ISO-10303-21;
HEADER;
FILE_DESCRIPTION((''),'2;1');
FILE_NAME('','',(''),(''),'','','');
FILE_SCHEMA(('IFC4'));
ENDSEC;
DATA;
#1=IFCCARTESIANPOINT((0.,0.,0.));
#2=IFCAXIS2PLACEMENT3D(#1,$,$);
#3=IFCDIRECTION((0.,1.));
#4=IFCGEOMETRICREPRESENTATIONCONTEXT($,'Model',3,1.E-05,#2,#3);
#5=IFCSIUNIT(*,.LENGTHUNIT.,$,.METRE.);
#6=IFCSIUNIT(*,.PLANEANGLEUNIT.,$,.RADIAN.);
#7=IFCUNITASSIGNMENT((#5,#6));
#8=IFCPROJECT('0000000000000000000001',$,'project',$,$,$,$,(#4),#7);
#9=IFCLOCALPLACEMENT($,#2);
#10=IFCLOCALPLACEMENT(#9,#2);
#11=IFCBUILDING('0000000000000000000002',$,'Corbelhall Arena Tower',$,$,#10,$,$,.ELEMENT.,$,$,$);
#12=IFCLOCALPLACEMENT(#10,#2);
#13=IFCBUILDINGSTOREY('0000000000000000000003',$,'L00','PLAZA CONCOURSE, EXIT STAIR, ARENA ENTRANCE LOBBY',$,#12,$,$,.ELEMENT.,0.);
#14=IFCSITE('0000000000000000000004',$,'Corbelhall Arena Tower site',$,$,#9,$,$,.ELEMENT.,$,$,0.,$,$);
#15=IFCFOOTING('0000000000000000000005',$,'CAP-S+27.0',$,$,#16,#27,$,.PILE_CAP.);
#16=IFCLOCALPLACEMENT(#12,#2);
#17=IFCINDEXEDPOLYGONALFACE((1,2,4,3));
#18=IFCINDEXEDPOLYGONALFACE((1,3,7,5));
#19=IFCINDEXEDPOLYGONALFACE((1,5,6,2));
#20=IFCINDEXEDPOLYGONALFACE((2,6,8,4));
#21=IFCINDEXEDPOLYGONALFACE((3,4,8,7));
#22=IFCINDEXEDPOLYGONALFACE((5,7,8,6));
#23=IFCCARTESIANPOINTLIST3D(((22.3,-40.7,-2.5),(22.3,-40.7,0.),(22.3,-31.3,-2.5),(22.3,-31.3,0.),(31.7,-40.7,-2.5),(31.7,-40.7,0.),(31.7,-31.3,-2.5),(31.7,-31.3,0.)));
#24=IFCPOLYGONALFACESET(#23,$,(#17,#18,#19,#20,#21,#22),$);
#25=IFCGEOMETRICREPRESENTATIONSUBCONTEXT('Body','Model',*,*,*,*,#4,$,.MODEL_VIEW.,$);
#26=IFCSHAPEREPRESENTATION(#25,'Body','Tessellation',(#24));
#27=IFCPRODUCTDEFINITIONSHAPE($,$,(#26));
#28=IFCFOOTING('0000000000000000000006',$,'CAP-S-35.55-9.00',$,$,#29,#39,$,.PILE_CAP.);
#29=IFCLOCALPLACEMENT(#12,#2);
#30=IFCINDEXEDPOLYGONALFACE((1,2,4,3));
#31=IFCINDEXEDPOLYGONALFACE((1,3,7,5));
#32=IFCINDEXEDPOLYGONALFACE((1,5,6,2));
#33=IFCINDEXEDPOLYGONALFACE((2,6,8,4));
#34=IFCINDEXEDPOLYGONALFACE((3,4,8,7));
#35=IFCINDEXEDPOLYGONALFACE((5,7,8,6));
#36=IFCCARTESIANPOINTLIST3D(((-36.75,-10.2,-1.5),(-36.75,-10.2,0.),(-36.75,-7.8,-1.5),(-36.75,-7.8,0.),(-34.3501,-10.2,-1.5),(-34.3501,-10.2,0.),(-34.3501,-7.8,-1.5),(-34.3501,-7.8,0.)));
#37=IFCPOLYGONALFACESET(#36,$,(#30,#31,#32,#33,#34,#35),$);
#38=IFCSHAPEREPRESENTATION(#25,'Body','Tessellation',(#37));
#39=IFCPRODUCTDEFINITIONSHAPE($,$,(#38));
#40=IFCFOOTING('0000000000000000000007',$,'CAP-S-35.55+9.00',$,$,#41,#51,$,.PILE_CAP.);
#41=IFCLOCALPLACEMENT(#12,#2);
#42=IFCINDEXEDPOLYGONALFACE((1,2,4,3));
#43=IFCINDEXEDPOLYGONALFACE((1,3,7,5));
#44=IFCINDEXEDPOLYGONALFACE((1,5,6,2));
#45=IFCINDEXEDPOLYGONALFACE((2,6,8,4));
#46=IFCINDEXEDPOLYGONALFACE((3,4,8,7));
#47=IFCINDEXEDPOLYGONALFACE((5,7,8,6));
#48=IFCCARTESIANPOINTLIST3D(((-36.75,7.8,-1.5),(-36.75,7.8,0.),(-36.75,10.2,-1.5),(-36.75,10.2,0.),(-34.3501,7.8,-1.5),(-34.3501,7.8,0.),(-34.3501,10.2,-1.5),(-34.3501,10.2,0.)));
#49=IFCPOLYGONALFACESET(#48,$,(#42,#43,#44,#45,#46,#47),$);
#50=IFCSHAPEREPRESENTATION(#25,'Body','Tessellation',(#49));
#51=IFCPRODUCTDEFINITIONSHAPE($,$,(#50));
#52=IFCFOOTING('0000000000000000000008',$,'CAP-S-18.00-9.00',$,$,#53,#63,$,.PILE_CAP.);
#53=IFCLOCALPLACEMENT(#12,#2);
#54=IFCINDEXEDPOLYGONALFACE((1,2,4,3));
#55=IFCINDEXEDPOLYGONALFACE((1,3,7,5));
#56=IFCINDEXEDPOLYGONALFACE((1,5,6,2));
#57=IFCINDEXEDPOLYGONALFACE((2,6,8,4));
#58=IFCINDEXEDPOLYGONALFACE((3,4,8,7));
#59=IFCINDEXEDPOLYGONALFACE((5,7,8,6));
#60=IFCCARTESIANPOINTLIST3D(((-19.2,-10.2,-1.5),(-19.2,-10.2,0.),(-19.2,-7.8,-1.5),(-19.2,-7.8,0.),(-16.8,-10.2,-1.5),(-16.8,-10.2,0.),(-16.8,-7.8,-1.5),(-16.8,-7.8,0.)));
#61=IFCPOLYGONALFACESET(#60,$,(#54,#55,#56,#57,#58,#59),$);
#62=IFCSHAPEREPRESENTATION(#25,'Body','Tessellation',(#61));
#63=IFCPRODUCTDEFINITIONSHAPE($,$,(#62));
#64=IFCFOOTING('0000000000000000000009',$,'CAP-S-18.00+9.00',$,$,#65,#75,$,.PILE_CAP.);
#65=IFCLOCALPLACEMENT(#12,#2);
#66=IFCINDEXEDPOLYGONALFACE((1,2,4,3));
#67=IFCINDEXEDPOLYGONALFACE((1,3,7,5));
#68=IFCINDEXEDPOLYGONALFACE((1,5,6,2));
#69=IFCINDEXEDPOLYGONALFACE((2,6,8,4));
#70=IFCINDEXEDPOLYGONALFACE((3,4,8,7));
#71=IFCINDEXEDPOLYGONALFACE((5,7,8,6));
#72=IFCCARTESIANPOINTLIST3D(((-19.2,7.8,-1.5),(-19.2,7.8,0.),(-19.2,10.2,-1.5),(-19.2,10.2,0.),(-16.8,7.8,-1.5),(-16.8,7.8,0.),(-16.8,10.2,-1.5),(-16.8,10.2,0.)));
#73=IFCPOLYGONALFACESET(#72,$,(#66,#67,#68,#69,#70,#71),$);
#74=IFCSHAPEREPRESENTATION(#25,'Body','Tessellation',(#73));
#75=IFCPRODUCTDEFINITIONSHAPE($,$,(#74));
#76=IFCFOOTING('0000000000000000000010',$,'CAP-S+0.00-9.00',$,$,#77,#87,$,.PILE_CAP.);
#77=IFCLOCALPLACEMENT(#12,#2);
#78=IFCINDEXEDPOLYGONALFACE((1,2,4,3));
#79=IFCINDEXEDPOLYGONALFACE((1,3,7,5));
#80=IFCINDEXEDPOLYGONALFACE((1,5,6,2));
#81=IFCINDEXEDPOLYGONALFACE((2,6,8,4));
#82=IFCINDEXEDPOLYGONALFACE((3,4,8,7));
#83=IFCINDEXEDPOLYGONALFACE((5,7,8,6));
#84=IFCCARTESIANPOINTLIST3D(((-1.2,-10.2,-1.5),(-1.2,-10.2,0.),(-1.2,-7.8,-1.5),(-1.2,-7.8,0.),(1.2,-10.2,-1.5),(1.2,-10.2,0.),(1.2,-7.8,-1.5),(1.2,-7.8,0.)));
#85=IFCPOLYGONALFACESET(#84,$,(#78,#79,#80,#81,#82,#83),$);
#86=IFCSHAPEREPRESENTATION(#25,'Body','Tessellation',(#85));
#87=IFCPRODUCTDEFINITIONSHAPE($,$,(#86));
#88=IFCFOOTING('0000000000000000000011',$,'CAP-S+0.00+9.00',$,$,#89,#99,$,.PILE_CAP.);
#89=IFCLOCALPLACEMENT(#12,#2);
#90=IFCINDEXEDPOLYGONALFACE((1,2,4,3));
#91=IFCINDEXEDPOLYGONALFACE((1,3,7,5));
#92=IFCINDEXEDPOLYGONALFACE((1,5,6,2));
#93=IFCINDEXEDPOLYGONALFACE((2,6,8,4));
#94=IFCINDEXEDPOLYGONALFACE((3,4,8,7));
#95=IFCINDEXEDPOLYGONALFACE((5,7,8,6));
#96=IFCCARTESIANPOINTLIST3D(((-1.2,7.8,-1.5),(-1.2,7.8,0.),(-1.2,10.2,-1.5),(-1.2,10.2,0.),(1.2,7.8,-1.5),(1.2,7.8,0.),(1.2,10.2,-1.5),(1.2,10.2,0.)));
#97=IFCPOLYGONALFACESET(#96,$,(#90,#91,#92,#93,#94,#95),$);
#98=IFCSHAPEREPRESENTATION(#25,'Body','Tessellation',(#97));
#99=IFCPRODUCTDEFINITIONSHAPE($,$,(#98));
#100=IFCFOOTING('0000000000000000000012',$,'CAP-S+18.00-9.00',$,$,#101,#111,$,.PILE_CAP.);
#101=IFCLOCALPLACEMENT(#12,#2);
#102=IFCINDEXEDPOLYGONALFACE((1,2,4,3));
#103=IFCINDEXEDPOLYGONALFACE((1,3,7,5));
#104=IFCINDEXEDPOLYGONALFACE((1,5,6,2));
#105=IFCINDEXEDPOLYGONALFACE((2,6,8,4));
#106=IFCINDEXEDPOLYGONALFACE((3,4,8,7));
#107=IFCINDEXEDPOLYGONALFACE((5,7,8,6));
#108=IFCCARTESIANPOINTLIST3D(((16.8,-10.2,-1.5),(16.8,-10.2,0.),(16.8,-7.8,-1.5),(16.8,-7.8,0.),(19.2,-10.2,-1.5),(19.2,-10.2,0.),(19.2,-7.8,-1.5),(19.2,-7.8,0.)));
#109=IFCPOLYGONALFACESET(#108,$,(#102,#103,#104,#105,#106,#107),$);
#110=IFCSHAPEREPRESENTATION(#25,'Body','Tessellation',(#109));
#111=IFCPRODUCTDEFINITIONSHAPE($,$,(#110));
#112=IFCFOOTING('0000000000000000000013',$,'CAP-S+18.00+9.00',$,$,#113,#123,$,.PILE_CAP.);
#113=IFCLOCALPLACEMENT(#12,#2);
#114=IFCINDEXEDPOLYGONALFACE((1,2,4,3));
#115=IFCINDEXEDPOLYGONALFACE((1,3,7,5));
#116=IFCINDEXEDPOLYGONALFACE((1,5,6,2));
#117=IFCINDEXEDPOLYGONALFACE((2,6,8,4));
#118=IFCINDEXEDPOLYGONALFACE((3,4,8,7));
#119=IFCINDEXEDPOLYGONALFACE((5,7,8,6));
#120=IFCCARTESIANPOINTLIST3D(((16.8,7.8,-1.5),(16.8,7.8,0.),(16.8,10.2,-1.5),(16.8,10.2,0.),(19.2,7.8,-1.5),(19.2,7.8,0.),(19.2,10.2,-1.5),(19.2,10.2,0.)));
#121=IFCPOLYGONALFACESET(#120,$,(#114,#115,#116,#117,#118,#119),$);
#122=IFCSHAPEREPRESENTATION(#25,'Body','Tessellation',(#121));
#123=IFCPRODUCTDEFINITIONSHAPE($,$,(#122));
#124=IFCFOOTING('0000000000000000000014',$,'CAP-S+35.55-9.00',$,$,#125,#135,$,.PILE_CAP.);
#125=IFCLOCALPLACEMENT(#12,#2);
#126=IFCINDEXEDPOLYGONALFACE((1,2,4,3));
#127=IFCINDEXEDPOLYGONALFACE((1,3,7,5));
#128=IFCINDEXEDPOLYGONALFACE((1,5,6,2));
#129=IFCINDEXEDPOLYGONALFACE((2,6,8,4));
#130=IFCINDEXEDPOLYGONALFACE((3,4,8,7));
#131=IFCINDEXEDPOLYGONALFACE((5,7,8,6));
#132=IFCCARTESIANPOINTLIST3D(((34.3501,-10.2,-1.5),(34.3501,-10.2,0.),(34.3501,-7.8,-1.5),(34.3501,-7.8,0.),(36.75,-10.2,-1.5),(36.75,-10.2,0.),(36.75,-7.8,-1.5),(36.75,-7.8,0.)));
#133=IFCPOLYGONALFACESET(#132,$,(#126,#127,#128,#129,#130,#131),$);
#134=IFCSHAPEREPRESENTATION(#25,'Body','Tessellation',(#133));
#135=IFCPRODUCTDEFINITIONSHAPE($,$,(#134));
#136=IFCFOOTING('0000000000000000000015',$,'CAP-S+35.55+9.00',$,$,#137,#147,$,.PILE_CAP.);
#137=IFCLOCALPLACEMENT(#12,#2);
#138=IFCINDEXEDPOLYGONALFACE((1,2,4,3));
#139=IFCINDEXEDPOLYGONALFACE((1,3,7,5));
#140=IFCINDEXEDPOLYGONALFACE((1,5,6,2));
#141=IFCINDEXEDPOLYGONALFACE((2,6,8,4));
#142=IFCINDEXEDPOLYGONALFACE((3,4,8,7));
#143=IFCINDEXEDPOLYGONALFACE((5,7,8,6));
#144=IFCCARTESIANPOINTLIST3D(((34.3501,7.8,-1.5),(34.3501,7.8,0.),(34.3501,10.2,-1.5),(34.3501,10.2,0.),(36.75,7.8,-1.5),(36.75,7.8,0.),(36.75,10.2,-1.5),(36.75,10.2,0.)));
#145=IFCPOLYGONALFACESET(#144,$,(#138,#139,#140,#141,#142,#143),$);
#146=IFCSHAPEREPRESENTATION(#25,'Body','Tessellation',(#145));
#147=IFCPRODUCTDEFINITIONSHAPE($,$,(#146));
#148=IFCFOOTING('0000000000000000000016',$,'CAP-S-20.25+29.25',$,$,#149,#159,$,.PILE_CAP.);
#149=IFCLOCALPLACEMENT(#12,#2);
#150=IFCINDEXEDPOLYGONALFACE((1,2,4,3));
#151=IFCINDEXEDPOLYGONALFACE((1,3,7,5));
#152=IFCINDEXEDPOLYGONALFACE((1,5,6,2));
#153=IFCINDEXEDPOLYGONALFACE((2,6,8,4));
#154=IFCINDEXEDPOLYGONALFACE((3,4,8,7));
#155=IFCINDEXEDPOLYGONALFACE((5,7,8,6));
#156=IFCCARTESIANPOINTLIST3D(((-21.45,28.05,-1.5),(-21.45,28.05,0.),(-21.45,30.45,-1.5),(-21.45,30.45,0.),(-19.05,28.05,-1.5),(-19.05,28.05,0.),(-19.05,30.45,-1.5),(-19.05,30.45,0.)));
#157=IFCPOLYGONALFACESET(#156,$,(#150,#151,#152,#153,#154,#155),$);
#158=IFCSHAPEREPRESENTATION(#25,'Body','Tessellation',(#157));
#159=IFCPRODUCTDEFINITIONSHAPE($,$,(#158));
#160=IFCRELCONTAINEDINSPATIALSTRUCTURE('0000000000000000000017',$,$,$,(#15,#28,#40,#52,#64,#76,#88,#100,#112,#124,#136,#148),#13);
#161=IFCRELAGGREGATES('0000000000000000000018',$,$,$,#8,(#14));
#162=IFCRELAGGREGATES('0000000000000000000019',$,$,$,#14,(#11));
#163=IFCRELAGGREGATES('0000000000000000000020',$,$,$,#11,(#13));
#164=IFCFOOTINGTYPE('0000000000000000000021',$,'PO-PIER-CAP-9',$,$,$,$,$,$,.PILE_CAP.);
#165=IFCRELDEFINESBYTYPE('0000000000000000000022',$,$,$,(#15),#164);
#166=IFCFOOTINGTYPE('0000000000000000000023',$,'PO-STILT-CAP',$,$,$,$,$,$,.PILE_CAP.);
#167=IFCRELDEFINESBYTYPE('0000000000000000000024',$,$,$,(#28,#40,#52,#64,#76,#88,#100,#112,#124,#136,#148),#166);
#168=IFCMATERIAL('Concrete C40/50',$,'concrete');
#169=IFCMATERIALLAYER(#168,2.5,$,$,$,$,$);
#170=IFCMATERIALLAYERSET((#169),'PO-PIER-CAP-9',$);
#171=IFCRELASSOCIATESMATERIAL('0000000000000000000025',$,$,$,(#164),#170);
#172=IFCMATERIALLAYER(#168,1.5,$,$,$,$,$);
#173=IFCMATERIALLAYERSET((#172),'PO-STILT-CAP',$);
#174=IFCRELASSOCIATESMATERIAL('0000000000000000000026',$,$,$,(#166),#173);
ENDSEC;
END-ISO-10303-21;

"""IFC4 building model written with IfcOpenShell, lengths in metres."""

from ifc_helpers import new_model, si_unit, direction, frame, origin, place, context, subcontext, project, spatial, polyline, outline, extrude, material, layer, layer_set, type_object, element, save


model = new_model("IFC4")

# Units and contexts
model_context = context("Model", 3, precision=1e-05, world=origin(), true_north=direction((0.0, 1.0)))
body_context = subcontext(model_context, "Body", "Model", "MODEL_VIEW")
ifc_project = project(units=[si_unit("LENGTHUNIT", "METRE"), si_unit("PLANEANGLEUNIT", "RADIAN")], contexts=[model_context])

# Site, building, storey
site_placement = place(None, origin())
site = spatial("IfcSite", under=ifc_project, at=site_placement, Name="Corbelhall Arena Tower site", CompositionType="ELEMENT", RefElevation=0.0)
building_placement = place(site_placement, origin())
building = spatial("IfcBuilding", under=site, at=building_placement, Name="Corbelhall Arena Tower", CompositionType="ELEMENT")
storey_placement = place(building_placement, origin())
storey = spatial("IfcBuildingStorey", under=building, at=storey_placement, Name="L00", Description="PLAZA CONCOURSE, EXIT STAIR, ARENA ENTRANCE LOBBY", CompositionType="ELEMENT", Elevation=0.0)

# Footings
ifc_material = material(Name="Concrete C40/50", Category="concrete")
ifc_layer_1 = layer(ifc_material, 2.5)
ifc_layer_set_1 = layer_set([ifc_layer_1], Name="PO-PIER-CAP-9")
footing_type_1 = type_object("IfcFootingType", Name="PO-PIER-CAP-9", PredefinedType="PILE_CAP", material=ifc_layer_set_1)
footing_1_placement = place(storey_placement, frame((0.0, 0.0, -2.5)))
element("IfcFooting", 1, at=footing_1_placement, inside=storey, type_object=footing_type_1, Name="CAP-S+27.0", PredefinedType="PILE_CAP", context=body_context, shape_type="SweptSolid", body=[
    extrude(outline(polyline([(22.3, -40.7), (31.7, -40.7), (31.7, -31.3), (22.3, -31.3), (22.3, -40.7)])), origin(), (0.0, 0.0, 1.0), 2.5),
])
ifc_layer_2 = layer(ifc_material, 1.5)
ifc_layer_set_2 = layer_set([ifc_layer_2], Name="PO-STILT-CAP")
footing_type_2 = type_object("IfcFootingType", Name="PO-STILT-CAP", PredefinedType="PILE_CAP", material=ifc_layer_set_2)
footing_2_placement = place(storey_placement, frame((0.0, 0.0, -1.5)))
element("IfcFooting", 2, at=footing_2_placement, inside=storey, type_object=footing_type_2, Name="CAP-S-35.55-9.00", PredefinedType="PILE_CAP", context=body_context, shape_type="SweptSolid", body=[
    extrude(outline(polyline([(-36.75, -10.2), (-34.3501, -10.2), (-34.3501, -7.8), (-36.75, -7.8), (-36.75, -10.2)])), origin(), (0.0, 0.0, 1.0), 1.5),
])
footing_3_placement = place(storey_placement, frame((0.0, 0.0, -1.5)))
element("IfcFooting", 3, at=footing_3_placement, inside=storey, type_object=footing_type_2, Name="CAP-S-35.55+9.00", PredefinedType="PILE_CAP", context=body_context, shape_type="SweptSolid", body=[
    extrude(outline(polyline([(-36.75, 7.8), (-34.3501, 7.8), (-34.3501, 10.2), (-36.75, 10.2), (-36.75, 7.8)])), origin(), (0.0, 0.0, 1.0), 1.5),
])
footing_4_placement = place(storey_placement, frame((0.0, 0.0, -1.5)))
element("IfcFooting", 4, at=footing_4_placement, inside=storey, type_object=footing_type_2, Name="CAP-S-18.00-9.00", PredefinedType="PILE_CAP", context=body_context, shape_type="SweptSolid", body=[
    extrude(outline(polyline([(-19.2, -10.2), (-16.8, -10.2), (-16.8, -7.8), (-19.2, -7.8), (-19.2, -10.2)])), origin(), (0.0, 0.0, 1.0), 1.5),
])
footing_5_placement = place(storey_placement, frame((0.0, 0.0, -1.5)))
element("IfcFooting", 5, at=footing_5_placement, inside=storey, type_object=footing_type_2, Name="CAP-S-18.00+9.00", PredefinedType="PILE_CAP", context=body_context, shape_type="SweptSolid", body=[
    extrude(outline(polyline([(-19.2, 7.8), (-16.8, 7.8), (-16.8, 10.2), (-19.2, 10.2), (-19.2, 7.8)])), origin(), (0.0, 0.0, 1.0), 1.5),
])
footing_6_placement = place(storey_placement, frame((0.0, 0.0, -1.5)))
element("IfcFooting", 6, at=footing_6_placement, inside=storey, type_object=footing_type_2, Name="CAP-S+0.00-9.00", PredefinedType="PILE_CAP", context=body_context, shape_type="SweptSolid", body=[
    extrude(outline(polyline([(-1.2, -10.2), (1.2, -10.2), (1.2, -7.8), (-1.2, -7.8), (-1.2, -10.2)])), origin(), (0.0, 0.0, 1.0), 1.5),
])
footing_7_placement = place(storey_placement, frame((0.0, 0.0, -1.5)))
element("IfcFooting", 7, at=footing_7_placement, inside=storey, type_object=footing_type_2, Name="CAP-S+0.00+9.00", PredefinedType="PILE_CAP", context=body_context, shape_type="SweptSolid", body=[
    extrude(outline(polyline([(-1.2, 7.8), (1.2, 7.8), (1.2, 10.2), (-1.2, 10.2), (-1.2, 7.8)])), origin(), (0.0, 0.0, 1.0), 1.5),
])
footing_8_placement = place(storey_placement, frame((0.0, 0.0, -1.5)))
element("IfcFooting", 8, at=footing_8_placement, inside=storey, type_object=footing_type_2, Name="CAP-S+18.00-9.00", PredefinedType="PILE_CAP", context=body_context, shape_type="SweptSolid", body=[
    extrude(outline(polyline([(16.8, -10.2), (19.2, -10.2), (19.2, -7.8), (16.8, -7.8), (16.8, -10.2)])), origin(), (0.0, 0.0, 1.0), 1.5),
])
footing_9_placement = place(storey_placement, frame((0.0, 0.0, -1.5)))
element("IfcFooting", 9, at=footing_9_placement, inside=storey, type_object=footing_type_2, Name="CAP-S+18.00+9.00", PredefinedType="PILE_CAP", context=body_context, shape_type="SweptSolid", body=[
    extrude(outline(polyline([(16.8, 7.8), (19.2, 7.8), (19.2, 10.2), (16.8, 10.2), (16.8, 7.8)])), origin(), (0.0, 0.0, 1.0), 1.5),
])
footing_10_placement = place(storey_placement, frame((0.0, 0.0, -1.5)))
element("IfcFooting", 10, at=footing_10_placement, inside=storey, type_object=footing_type_2, Name="CAP-S+35.55-9.00", PredefinedType="PILE_CAP", context=body_context, shape_type="SweptSolid", body=[
    extrude(outline(polyline([(34.3501, -10.2), (36.75, -10.2), (36.75, -7.8), (34.3501, -7.8), (34.3501, -10.2)])), origin(), (0.0, 0.0, 1.0), 1.5),
])
footing_11_placement = place(storey_placement, frame((0.0, 0.0, -1.5)))
element("IfcFooting", 11, at=footing_11_placement, inside=storey, type_object=footing_type_2, Name="CAP-S+35.55+9.00", PredefinedType="PILE_CAP", context=body_context, shape_type="SweptSolid", body=[
    extrude(outline(polyline([(34.3501, 7.8), (36.75, 7.8), (36.75, 10.2), (34.3501, 10.2), (34.3501, 7.8)])), origin(), (0.0, 0.0, 1.0), 1.5),
])
footing_12_placement = place(storey_placement, frame((0.0, 0.0, -1.5)))
element("IfcFooting", 12, at=footing_12_placement, inside=storey, type_object=footing_type_2, Name="CAP-S-20.25+29.25", PredefinedType="PILE_CAP", context=body_context, shape_type="SweptSolid", body=[
    extrude(outline(polyline([(-21.45, 28.05), (-19.05, 28.05), (-19.05, 30.45), (-21.45, 30.45), (-21.45, 28.05)])), origin(), (0.0, 0.0, 1.0), 1.5),
])

save(model, "model.ifc")
